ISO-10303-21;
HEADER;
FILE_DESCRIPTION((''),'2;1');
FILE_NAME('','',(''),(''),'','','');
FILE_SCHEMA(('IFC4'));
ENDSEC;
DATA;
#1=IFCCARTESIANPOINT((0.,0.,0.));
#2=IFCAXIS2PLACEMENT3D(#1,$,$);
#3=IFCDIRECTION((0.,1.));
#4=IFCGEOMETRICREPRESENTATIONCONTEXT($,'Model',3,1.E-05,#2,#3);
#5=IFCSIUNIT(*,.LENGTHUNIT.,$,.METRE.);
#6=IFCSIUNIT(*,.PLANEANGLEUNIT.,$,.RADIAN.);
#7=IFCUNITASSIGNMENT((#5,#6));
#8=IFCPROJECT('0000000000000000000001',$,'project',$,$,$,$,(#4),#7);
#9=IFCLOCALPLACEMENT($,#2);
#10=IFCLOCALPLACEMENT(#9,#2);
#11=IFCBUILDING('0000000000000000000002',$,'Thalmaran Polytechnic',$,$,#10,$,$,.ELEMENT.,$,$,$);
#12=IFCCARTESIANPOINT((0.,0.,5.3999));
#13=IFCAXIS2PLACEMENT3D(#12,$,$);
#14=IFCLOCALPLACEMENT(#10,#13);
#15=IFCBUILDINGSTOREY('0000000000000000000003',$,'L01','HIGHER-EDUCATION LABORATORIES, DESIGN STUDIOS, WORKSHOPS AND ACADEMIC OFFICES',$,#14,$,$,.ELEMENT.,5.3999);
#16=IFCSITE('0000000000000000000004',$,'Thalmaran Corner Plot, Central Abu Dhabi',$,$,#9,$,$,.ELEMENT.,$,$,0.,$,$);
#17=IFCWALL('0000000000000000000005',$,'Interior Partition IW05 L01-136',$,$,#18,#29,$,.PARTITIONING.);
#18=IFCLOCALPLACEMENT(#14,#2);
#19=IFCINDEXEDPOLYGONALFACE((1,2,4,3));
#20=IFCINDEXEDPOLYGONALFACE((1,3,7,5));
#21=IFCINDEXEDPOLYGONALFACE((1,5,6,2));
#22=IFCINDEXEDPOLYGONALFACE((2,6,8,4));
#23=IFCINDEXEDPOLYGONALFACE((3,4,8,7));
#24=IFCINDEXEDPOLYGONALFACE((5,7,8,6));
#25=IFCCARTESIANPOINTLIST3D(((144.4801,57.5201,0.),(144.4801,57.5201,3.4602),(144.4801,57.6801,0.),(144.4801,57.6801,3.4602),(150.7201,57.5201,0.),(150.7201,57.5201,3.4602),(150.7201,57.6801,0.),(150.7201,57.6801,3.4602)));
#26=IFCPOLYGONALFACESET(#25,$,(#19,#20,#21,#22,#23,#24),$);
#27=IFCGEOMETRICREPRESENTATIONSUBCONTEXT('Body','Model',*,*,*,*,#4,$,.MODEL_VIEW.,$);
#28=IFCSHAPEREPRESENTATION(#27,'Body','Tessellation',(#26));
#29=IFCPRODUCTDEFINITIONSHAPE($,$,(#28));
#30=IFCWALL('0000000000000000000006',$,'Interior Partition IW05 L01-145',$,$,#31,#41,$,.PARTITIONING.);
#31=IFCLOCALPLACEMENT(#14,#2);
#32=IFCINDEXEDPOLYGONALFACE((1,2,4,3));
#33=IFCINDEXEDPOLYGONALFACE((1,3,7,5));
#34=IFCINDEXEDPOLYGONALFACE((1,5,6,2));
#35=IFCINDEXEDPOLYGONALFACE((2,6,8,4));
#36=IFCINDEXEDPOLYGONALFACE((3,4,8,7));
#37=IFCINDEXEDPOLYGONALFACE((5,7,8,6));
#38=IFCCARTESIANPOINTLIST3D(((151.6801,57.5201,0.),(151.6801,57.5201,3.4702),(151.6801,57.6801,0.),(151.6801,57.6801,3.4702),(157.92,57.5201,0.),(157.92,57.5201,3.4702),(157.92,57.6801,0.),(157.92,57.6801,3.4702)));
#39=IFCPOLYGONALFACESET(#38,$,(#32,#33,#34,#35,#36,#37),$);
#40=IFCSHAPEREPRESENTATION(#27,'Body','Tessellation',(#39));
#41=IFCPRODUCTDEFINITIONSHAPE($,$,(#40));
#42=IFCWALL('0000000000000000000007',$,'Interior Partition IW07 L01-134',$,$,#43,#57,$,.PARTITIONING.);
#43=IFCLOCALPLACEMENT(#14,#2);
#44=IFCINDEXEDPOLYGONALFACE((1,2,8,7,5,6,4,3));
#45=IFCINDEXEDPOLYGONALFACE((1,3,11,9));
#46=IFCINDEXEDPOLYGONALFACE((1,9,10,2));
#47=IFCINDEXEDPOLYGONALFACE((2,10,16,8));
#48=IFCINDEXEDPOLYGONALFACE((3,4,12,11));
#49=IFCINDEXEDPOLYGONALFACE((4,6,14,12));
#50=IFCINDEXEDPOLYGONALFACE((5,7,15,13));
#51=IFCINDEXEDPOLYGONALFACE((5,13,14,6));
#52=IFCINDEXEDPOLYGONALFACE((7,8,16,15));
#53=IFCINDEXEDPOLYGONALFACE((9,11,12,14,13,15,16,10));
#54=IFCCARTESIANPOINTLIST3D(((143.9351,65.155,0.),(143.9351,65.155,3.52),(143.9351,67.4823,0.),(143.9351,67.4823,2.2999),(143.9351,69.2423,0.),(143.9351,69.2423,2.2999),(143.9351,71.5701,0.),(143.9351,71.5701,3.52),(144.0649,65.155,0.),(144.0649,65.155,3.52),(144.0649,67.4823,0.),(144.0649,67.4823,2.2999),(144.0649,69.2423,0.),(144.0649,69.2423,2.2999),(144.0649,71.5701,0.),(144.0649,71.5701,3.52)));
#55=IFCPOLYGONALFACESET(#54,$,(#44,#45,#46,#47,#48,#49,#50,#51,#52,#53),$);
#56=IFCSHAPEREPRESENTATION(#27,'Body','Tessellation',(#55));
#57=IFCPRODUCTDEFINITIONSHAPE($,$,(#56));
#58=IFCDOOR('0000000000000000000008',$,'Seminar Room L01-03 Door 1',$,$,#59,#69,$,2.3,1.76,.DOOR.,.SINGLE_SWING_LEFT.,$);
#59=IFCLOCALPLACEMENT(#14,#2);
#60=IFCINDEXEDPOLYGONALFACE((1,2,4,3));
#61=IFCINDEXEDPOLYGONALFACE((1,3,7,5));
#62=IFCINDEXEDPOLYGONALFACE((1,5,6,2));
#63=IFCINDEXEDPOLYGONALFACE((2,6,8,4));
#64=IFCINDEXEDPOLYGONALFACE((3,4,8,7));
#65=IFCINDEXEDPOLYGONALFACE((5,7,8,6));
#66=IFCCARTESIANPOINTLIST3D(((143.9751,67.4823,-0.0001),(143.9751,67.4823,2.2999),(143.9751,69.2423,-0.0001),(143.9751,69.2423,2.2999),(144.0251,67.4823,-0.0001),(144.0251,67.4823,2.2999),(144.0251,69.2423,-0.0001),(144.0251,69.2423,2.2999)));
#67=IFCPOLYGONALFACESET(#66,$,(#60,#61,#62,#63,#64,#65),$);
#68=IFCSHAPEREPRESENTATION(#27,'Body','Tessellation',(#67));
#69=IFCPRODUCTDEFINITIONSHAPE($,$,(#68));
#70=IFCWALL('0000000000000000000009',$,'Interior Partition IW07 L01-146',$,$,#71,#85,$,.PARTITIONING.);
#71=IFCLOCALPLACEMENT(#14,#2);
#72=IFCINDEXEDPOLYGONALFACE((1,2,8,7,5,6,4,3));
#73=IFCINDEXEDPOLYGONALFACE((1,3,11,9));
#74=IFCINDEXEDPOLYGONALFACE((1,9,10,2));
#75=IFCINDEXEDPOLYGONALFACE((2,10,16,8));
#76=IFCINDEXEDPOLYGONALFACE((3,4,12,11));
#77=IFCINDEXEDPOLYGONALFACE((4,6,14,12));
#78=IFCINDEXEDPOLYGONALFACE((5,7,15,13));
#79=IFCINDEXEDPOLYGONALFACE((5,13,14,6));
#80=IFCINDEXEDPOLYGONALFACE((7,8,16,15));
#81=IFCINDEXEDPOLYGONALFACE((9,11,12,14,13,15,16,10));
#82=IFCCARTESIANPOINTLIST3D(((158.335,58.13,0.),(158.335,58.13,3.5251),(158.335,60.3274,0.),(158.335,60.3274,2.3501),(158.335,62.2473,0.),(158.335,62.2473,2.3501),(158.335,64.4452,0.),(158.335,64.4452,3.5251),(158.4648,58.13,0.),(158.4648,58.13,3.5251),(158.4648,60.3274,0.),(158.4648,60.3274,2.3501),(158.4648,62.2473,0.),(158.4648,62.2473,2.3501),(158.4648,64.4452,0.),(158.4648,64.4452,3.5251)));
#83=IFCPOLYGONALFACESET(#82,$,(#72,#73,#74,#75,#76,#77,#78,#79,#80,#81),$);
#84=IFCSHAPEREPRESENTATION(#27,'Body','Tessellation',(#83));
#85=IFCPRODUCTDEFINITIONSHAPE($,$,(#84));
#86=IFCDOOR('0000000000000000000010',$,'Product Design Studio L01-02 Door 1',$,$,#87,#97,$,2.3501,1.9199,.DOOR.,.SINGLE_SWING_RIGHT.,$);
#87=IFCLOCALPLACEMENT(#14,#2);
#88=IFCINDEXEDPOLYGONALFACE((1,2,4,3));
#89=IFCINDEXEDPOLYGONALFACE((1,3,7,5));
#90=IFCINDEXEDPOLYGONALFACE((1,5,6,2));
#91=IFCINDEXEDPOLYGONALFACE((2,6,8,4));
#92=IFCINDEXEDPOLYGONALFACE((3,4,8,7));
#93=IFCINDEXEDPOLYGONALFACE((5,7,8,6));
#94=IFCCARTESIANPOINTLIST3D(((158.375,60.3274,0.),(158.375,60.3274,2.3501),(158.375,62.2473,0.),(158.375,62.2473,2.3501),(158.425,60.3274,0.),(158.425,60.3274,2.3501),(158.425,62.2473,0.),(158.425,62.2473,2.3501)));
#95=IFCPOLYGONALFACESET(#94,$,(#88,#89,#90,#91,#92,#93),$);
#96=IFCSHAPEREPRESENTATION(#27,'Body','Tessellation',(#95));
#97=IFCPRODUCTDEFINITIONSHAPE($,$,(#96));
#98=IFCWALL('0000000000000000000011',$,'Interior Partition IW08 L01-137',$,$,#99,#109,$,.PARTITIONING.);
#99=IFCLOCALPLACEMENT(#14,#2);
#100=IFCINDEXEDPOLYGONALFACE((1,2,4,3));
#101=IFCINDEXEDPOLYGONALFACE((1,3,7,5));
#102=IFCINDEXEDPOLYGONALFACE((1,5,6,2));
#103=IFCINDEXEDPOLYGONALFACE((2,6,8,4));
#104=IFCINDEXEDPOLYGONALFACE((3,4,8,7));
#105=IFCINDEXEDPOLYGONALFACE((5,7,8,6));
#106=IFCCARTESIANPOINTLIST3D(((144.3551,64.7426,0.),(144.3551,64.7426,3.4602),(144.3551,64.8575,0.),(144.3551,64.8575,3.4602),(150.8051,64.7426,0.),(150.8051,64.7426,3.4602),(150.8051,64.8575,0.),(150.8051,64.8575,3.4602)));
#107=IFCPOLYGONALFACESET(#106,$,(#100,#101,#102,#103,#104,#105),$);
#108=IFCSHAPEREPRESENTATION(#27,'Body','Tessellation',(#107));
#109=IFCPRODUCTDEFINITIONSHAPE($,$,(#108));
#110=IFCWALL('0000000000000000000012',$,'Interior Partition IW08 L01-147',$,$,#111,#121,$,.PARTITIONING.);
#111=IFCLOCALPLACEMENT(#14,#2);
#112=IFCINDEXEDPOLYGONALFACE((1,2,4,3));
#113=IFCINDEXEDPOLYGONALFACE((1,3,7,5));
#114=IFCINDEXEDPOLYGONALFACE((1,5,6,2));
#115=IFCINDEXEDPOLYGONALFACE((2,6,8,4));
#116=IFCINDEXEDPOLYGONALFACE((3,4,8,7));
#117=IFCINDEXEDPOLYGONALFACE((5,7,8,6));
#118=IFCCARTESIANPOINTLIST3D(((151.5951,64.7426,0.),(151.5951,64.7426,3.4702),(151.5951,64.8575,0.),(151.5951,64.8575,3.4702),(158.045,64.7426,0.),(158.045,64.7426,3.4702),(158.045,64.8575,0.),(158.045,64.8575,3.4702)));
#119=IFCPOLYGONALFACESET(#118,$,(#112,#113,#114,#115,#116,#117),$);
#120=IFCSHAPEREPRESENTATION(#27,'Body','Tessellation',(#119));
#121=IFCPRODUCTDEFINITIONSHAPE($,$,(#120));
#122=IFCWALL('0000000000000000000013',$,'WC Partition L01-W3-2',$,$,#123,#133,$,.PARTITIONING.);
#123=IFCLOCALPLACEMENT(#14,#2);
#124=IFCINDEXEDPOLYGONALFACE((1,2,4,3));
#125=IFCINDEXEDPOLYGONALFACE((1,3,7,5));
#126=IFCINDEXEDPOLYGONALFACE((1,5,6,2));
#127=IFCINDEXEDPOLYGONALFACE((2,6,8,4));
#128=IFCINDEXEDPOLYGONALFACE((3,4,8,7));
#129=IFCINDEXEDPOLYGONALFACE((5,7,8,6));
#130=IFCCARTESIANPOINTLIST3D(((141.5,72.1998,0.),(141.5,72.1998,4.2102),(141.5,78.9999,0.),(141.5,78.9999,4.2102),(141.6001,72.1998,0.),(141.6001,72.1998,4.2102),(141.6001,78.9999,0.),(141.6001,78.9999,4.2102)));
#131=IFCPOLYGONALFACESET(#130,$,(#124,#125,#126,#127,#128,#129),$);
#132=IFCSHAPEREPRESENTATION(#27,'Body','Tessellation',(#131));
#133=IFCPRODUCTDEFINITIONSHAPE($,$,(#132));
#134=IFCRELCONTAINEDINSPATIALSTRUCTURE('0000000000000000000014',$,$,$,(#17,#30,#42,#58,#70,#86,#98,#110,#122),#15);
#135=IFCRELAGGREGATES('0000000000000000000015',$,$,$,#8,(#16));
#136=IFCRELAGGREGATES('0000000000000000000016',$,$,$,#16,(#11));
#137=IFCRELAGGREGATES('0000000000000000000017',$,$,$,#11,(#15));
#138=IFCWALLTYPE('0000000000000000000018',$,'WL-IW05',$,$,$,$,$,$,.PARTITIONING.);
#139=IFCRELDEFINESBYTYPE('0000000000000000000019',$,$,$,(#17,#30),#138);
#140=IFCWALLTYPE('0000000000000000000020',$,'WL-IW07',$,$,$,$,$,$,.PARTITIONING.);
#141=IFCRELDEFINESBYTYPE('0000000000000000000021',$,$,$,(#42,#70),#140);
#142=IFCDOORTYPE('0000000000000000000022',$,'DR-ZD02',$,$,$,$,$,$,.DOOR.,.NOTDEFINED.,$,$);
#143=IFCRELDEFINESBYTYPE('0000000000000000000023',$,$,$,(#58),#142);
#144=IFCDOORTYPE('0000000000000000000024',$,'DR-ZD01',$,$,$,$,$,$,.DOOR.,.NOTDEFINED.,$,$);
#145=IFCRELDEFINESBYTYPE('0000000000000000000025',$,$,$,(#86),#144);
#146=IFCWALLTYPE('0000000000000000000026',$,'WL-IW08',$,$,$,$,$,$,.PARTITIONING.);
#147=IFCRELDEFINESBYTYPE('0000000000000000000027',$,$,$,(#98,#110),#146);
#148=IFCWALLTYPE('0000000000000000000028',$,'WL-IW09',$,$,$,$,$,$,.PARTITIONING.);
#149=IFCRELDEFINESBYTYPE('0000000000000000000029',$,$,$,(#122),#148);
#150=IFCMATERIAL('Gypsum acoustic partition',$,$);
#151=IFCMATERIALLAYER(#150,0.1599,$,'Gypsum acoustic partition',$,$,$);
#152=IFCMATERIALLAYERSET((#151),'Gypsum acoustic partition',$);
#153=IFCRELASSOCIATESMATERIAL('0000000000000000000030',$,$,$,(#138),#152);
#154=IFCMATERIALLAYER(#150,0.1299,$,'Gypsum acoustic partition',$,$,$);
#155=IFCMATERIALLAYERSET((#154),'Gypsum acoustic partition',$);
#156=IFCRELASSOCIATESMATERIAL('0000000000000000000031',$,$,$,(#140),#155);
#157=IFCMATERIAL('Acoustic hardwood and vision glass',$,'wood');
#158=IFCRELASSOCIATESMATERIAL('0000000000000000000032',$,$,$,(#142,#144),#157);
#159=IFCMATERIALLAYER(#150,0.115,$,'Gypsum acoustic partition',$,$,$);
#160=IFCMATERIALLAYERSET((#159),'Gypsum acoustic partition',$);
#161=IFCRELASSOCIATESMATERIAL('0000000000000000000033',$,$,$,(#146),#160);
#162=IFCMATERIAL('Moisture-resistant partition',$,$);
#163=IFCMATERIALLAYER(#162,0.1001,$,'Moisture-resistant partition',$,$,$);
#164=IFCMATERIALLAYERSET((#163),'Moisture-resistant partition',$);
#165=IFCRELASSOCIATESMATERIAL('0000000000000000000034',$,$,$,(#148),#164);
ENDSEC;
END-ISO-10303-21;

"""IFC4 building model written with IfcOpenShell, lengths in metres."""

from ifc_helpers import new_model, si_unit, direction, frame, frame_2d, origin, place, context, subcontext, project, spatial, rectangle, extrude, material, layer, layer_set, type_object, element, fill, save


model = new_model("IFC4")

# Units and contexts
model_context = context("Model", 3, precision=1e-05, world=origin(), true_north=direction((0.0, 1.0)))
body_context = subcontext(model_context, "Body", "Model", "MODEL_VIEW")
ifc_project = project(units=[si_unit("LENGTHUNIT", "METRE"), si_unit("PLANEANGLEUNIT", "RADIAN")], contexts=[model_context])

# Site, building, storey
site_placement = place(None, origin())
site = spatial("IfcSite", under=ifc_project, at=site_placement, Name="Thalmaran Corner Plot, Central Abu Dhabi", CompositionType="ELEMENT", RefElevation=0.0)
building_placement = place(site_placement, origin())
building = spatial("IfcBuilding", under=site, at=building_placement, Name="Thalmaran Polytechnic", CompositionType="ELEMENT")
storey_placement = place(building_placement, frame((0.0, 0.0, 5.3999)))
storey = spatial("IfcBuildingStorey", under=building, at=storey_placement, Name="L01", Description="HIGHER-EDUCATION LABORATORIES, DESIGN STUDIOS, WORKSHOPS AND ACADEMIC OFFICES", CompositionType="ELEMENT", Elevation=5.3999)

# Walls
ifc_material_1 = material(Name="Gypsum acoustic partition")
ifc_layer_1 = layer(ifc_material_1, 0.1599, Name="Gypsum acoustic partition")
ifc_layer_set_1 = layer_set([ifc_layer_1], Name="Gypsum acoustic partition")
wall_type_1 = type_object("IfcWallType", Name="WL-IW05", PredefinedType="PARTITIONING", material=ifc_layer_set_1)
wall_1_placement = place(storey_placement, frame((144.48, 57.6001, 0.0), z_axis=(0.0, 0.0, 1.0), x_axis=(1.0, 0.0, 0.0)))
element("IfcWall", 1, at=wall_1_placement, inside=storey, type_object=wall_type_1, Name="Interior Partition IW05 L01-136", PredefinedType="PARTITIONING", context=body_context, shape_type="SweptSolid", body=[
    extrude(rectangle(XDim=6.24, YDim=0.1599, at=frame_2d((3.1201, 0.0))), origin(), (0.0, 0.0, 1.0), 3.4602),
])
wall_2_placement = place(storey_placement, frame((151.6799, 57.6001, 0.0), z_axis=(0.0, 0.0, 1.0), x_axis=(1.0, 0.0, 0.0)))
element("IfcWall", 2, at=wall_2_placement, inside=storey, type_object=wall_type_1, Name="Interior Partition IW05 L01-145", PredefinedType="PARTITIONING", context=body_context, shape_type="SweptSolid", body=[
    extrude(rectangle(XDim=6.24, YDim=0.1599, at=frame_2d((3.1201, 0.0))), origin(), (0.0, 0.0, 1.0), 3.4702),
])

# Walls, openings, doors
ifc_layer_2 = layer(ifc_material_1, 0.1299, Name="Gypsum acoustic partition")
ifc_layer_set_2 = layer_set([ifc_layer_2], Name="Gypsum acoustic partition")
wall_type_2 = type_object("IfcWallType", Name="WL-IW07", PredefinedType="PARTITIONING", material=ifc_layer_set_2)
wall_3_placement = place(storey_placement, frame((144.0, 65.155, 0.0), z_axis=(0.0, 0.0, 1.0), x_axis=(0.0, 1.0, 0.0)))
wall_3 = element("IfcWall", 3, at=wall_3_placement, inside=storey, type_object=wall_type_2, Name="Interior Partition IW07 L01-134", PredefinedType="PARTITIONING", context=body_context, shape_type="SweptSolid", body=[
    extrude(rectangle(XDim=6.415, YDim=0.1299, at=frame_2d((3.2075, 0.0))), origin(), (0.0, 0.0, 1.0), 3.52),
])
opening_1_placement = place(wall_3_placement, frame((2.3274, 0.0, 0.0)))
opening_1 = element("IfcOpeningElement", 4, at=opening_1_placement, cuts=wall_3, PredefinedType="OPENING", context=body_context, shape_type="SweptSolid", body=[
    extrude(rectangle(XDim=1.76, YDim=2.3, at=frame_2d((0.8799, 1.1499))), frame((0.0, 0.075, 0.0), z_axis=(0.0, -1.0, 0.0), x_axis=(1.0, 0.0, 0.0)), (0.0, 0.0, 1.0), 0.1499),
])
ifc_material_2 = material(Name="Acoustic hardwood and vision glass", Category="wood")
door_type_1 = type_object("IfcDoorType", Name="DR-ZD02", OperationType="NOTDEFINED", PredefinedType="DOOR", material=ifc_material_2)
door_1_placement = place(opening_1_placement, origin())
door_1 = element("IfcDoor", 5, at=door_1_placement, inside=storey, type_object=door_type_1, Name="Seminar Room L01-03 Door 1", OperationType="SINGLE_SWING_LEFT", OverallHeight=2.3, OverallWidth=1.76, PredefinedType="DOOR", context=body_context, shape_type="SweptSolid", body=[
    extrude(rectangle(XDim=1.76, YDim=2.3, at=frame_2d((0.8799, 1.1499))), frame((0.0, 0.0249, 0.0), z_axis=(0.0, -1.0, 0.0), x_axis=(1.0, 0.0, 0.0)), (0.0, 0.0, 1.0), 0.05),
])
fill(opening_1, door_1)
wall_4_placement = place(storey_placement, frame((158.3999, 58.1299, 0.0), z_axis=(0.0, 0.0, 1.0), x_axis=(0.0, 1.0, 0.0)))
wall_4 = element("IfcWall", 6, at=wall_4_placement, inside=storey, type_object=wall_type_2, Name="Interior Partition IW07 L01-146", PredefinedType="PARTITIONING", context=body_context, shape_type="SweptSolid", body=[
    extrude(rectangle(XDim=6.3152, YDim=0.1299, at=frame_2d((3.1577, 0.0))), origin(), (0.0, 0.0, 1.0), 3.5251),
])
opening_2_placement = place(wall_4_placement, frame((2.1975, 0.0, 0.0)))
opening_2 = element("IfcOpeningElement", 7, at=opening_2_placement, cuts=wall_4, PredefinedType="OPENING", context=body_context, shape_type="SweptSolid", body=[
    extrude(rectangle(XDim=1.9199, YDim=2.3501, at=frame_2d((0.96, 1.175))), frame((0.0, 0.075, 0.0), z_axis=(0.0, -1.0, 0.0), x_axis=(1.0, 0.0, 0.0)), (0.0, 0.0, 1.0), 0.1499),
])
door_type_2 = type_object("IfcDoorType", Name="DR-ZD01", OperationType="NOTDEFINED", PredefinedType="DOOR", material=ifc_material_2)
door_2_placement = place(opening_2_placement, origin())
door_2 = element("IfcDoor", 8, at=door_2_placement, inside=storey, type_object=door_type_2, Name="Product Design Studio L01-02 Door 1", OperationType="SINGLE_SWING_RIGHT", OverallHeight=2.3501, OverallWidth=1.9199, PredefinedType="DOOR", context=body_context, shape_type="SweptSolid", body=[
    extrude(rectangle(XDim=1.9199, YDim=2.3501, at=frame_2d((0.96, 1.175))), frame((0.0, 0.0249, 0.0), z_axis=(0.0, -1.0, 0.0), x_axis=(1.0, 0.0, 0.0)), (0.0, 0.0, 1.0), 0.05),
])
fill(opening_2, door_2)

# Walls
ifc_layer_3 = layer(ifc_material_1, 0.115, Name="Gypsum acoustic partition")
ifc_layer_set_3 = layer_set([ifc_layer_3], Name="Gypsum acoustic partition")
wall_type_3 = type_object("IfcWallType", Name="WL-IW08", PredefinedType="PARTITIONING", material=ifc_layer_set_3)
wall_5_placement = place(storey_placement, frame((144.355, 64.8, 0.0), z_axis=(0.0, 0.0, 1.0), x_axis=(1.0, 0.0, 0.0)))
element("IfcWall", 9, at=wall_5_placement, inside=storey, type_object=wall_type_3, Name="Interior Partition IW08 L01-137", PredefinedType="PARTITIONING", context=body_context, shape_type="SweptSolid", body=[
    extrude(rectangle(XDim=6.45, YDim=0.115, at=frame_2d((3.2251, 0.0))), origin(), (0.0, 0.0, 1.0), 3.4602),
])
wall_6_placement = place(storey_placement, frame((151.595, 64.8, 0.0), z_axis=(0.0, 0.0, 1.0), x_axis=(1.0, 0.0, 0.0)))
element("IfcWall", 10, at=wall_6_placement, inside=storey, type_object=wall_type_3, Name="Interior Partition IW08 L01-147", PredefinedType="PARTITIONING", context=body_context, shape_type="SweptSolid", body=[
    extrude(rectangle(XDim=6.45, YDim=0.115, at=frame_2d((3.2251, 0.0))), origin(), (0.0, 0.0, 1.0), 3.4702),
])
ifc_material_3 = material(Name="Moisture-resistant partition")
ifc_layer_4 = layer(ifc_material_3, 0.1001, Name="Moisture-resistant partition")
ifc_layer_set_4 = layer_set([ifc_layer_4], Name="Moisture-resistant partition")
wall_type_4 = type_object("IfcWallType", Name="WL-IW09", PredefinedType="PARTITIONING", material=ifc_layer_set_4)
wall_7_placement = place(storey_placement, frame((141.55, 72.2, 0.0), z_axis=(0.0, 0.0, 1.0), x_axis=(0.0, 1.0, 0.0)))
element("IfcWall", 11, at=wall_7_placement, inside=storey, type_object=wall_type_4, Name="WC Partition L01-W3-2", PredefinedType="PARTITIONING", context=body_context, shape_type="SweptSolid", body=[
    extrude(rectangle(XDim=6.8, YDim=0.1001, at=frame_2d((3.3999, 0.0))), origin(), (0.0, 0.0, 1.0), 4.2102),
])

save(model, "model.ifc")
